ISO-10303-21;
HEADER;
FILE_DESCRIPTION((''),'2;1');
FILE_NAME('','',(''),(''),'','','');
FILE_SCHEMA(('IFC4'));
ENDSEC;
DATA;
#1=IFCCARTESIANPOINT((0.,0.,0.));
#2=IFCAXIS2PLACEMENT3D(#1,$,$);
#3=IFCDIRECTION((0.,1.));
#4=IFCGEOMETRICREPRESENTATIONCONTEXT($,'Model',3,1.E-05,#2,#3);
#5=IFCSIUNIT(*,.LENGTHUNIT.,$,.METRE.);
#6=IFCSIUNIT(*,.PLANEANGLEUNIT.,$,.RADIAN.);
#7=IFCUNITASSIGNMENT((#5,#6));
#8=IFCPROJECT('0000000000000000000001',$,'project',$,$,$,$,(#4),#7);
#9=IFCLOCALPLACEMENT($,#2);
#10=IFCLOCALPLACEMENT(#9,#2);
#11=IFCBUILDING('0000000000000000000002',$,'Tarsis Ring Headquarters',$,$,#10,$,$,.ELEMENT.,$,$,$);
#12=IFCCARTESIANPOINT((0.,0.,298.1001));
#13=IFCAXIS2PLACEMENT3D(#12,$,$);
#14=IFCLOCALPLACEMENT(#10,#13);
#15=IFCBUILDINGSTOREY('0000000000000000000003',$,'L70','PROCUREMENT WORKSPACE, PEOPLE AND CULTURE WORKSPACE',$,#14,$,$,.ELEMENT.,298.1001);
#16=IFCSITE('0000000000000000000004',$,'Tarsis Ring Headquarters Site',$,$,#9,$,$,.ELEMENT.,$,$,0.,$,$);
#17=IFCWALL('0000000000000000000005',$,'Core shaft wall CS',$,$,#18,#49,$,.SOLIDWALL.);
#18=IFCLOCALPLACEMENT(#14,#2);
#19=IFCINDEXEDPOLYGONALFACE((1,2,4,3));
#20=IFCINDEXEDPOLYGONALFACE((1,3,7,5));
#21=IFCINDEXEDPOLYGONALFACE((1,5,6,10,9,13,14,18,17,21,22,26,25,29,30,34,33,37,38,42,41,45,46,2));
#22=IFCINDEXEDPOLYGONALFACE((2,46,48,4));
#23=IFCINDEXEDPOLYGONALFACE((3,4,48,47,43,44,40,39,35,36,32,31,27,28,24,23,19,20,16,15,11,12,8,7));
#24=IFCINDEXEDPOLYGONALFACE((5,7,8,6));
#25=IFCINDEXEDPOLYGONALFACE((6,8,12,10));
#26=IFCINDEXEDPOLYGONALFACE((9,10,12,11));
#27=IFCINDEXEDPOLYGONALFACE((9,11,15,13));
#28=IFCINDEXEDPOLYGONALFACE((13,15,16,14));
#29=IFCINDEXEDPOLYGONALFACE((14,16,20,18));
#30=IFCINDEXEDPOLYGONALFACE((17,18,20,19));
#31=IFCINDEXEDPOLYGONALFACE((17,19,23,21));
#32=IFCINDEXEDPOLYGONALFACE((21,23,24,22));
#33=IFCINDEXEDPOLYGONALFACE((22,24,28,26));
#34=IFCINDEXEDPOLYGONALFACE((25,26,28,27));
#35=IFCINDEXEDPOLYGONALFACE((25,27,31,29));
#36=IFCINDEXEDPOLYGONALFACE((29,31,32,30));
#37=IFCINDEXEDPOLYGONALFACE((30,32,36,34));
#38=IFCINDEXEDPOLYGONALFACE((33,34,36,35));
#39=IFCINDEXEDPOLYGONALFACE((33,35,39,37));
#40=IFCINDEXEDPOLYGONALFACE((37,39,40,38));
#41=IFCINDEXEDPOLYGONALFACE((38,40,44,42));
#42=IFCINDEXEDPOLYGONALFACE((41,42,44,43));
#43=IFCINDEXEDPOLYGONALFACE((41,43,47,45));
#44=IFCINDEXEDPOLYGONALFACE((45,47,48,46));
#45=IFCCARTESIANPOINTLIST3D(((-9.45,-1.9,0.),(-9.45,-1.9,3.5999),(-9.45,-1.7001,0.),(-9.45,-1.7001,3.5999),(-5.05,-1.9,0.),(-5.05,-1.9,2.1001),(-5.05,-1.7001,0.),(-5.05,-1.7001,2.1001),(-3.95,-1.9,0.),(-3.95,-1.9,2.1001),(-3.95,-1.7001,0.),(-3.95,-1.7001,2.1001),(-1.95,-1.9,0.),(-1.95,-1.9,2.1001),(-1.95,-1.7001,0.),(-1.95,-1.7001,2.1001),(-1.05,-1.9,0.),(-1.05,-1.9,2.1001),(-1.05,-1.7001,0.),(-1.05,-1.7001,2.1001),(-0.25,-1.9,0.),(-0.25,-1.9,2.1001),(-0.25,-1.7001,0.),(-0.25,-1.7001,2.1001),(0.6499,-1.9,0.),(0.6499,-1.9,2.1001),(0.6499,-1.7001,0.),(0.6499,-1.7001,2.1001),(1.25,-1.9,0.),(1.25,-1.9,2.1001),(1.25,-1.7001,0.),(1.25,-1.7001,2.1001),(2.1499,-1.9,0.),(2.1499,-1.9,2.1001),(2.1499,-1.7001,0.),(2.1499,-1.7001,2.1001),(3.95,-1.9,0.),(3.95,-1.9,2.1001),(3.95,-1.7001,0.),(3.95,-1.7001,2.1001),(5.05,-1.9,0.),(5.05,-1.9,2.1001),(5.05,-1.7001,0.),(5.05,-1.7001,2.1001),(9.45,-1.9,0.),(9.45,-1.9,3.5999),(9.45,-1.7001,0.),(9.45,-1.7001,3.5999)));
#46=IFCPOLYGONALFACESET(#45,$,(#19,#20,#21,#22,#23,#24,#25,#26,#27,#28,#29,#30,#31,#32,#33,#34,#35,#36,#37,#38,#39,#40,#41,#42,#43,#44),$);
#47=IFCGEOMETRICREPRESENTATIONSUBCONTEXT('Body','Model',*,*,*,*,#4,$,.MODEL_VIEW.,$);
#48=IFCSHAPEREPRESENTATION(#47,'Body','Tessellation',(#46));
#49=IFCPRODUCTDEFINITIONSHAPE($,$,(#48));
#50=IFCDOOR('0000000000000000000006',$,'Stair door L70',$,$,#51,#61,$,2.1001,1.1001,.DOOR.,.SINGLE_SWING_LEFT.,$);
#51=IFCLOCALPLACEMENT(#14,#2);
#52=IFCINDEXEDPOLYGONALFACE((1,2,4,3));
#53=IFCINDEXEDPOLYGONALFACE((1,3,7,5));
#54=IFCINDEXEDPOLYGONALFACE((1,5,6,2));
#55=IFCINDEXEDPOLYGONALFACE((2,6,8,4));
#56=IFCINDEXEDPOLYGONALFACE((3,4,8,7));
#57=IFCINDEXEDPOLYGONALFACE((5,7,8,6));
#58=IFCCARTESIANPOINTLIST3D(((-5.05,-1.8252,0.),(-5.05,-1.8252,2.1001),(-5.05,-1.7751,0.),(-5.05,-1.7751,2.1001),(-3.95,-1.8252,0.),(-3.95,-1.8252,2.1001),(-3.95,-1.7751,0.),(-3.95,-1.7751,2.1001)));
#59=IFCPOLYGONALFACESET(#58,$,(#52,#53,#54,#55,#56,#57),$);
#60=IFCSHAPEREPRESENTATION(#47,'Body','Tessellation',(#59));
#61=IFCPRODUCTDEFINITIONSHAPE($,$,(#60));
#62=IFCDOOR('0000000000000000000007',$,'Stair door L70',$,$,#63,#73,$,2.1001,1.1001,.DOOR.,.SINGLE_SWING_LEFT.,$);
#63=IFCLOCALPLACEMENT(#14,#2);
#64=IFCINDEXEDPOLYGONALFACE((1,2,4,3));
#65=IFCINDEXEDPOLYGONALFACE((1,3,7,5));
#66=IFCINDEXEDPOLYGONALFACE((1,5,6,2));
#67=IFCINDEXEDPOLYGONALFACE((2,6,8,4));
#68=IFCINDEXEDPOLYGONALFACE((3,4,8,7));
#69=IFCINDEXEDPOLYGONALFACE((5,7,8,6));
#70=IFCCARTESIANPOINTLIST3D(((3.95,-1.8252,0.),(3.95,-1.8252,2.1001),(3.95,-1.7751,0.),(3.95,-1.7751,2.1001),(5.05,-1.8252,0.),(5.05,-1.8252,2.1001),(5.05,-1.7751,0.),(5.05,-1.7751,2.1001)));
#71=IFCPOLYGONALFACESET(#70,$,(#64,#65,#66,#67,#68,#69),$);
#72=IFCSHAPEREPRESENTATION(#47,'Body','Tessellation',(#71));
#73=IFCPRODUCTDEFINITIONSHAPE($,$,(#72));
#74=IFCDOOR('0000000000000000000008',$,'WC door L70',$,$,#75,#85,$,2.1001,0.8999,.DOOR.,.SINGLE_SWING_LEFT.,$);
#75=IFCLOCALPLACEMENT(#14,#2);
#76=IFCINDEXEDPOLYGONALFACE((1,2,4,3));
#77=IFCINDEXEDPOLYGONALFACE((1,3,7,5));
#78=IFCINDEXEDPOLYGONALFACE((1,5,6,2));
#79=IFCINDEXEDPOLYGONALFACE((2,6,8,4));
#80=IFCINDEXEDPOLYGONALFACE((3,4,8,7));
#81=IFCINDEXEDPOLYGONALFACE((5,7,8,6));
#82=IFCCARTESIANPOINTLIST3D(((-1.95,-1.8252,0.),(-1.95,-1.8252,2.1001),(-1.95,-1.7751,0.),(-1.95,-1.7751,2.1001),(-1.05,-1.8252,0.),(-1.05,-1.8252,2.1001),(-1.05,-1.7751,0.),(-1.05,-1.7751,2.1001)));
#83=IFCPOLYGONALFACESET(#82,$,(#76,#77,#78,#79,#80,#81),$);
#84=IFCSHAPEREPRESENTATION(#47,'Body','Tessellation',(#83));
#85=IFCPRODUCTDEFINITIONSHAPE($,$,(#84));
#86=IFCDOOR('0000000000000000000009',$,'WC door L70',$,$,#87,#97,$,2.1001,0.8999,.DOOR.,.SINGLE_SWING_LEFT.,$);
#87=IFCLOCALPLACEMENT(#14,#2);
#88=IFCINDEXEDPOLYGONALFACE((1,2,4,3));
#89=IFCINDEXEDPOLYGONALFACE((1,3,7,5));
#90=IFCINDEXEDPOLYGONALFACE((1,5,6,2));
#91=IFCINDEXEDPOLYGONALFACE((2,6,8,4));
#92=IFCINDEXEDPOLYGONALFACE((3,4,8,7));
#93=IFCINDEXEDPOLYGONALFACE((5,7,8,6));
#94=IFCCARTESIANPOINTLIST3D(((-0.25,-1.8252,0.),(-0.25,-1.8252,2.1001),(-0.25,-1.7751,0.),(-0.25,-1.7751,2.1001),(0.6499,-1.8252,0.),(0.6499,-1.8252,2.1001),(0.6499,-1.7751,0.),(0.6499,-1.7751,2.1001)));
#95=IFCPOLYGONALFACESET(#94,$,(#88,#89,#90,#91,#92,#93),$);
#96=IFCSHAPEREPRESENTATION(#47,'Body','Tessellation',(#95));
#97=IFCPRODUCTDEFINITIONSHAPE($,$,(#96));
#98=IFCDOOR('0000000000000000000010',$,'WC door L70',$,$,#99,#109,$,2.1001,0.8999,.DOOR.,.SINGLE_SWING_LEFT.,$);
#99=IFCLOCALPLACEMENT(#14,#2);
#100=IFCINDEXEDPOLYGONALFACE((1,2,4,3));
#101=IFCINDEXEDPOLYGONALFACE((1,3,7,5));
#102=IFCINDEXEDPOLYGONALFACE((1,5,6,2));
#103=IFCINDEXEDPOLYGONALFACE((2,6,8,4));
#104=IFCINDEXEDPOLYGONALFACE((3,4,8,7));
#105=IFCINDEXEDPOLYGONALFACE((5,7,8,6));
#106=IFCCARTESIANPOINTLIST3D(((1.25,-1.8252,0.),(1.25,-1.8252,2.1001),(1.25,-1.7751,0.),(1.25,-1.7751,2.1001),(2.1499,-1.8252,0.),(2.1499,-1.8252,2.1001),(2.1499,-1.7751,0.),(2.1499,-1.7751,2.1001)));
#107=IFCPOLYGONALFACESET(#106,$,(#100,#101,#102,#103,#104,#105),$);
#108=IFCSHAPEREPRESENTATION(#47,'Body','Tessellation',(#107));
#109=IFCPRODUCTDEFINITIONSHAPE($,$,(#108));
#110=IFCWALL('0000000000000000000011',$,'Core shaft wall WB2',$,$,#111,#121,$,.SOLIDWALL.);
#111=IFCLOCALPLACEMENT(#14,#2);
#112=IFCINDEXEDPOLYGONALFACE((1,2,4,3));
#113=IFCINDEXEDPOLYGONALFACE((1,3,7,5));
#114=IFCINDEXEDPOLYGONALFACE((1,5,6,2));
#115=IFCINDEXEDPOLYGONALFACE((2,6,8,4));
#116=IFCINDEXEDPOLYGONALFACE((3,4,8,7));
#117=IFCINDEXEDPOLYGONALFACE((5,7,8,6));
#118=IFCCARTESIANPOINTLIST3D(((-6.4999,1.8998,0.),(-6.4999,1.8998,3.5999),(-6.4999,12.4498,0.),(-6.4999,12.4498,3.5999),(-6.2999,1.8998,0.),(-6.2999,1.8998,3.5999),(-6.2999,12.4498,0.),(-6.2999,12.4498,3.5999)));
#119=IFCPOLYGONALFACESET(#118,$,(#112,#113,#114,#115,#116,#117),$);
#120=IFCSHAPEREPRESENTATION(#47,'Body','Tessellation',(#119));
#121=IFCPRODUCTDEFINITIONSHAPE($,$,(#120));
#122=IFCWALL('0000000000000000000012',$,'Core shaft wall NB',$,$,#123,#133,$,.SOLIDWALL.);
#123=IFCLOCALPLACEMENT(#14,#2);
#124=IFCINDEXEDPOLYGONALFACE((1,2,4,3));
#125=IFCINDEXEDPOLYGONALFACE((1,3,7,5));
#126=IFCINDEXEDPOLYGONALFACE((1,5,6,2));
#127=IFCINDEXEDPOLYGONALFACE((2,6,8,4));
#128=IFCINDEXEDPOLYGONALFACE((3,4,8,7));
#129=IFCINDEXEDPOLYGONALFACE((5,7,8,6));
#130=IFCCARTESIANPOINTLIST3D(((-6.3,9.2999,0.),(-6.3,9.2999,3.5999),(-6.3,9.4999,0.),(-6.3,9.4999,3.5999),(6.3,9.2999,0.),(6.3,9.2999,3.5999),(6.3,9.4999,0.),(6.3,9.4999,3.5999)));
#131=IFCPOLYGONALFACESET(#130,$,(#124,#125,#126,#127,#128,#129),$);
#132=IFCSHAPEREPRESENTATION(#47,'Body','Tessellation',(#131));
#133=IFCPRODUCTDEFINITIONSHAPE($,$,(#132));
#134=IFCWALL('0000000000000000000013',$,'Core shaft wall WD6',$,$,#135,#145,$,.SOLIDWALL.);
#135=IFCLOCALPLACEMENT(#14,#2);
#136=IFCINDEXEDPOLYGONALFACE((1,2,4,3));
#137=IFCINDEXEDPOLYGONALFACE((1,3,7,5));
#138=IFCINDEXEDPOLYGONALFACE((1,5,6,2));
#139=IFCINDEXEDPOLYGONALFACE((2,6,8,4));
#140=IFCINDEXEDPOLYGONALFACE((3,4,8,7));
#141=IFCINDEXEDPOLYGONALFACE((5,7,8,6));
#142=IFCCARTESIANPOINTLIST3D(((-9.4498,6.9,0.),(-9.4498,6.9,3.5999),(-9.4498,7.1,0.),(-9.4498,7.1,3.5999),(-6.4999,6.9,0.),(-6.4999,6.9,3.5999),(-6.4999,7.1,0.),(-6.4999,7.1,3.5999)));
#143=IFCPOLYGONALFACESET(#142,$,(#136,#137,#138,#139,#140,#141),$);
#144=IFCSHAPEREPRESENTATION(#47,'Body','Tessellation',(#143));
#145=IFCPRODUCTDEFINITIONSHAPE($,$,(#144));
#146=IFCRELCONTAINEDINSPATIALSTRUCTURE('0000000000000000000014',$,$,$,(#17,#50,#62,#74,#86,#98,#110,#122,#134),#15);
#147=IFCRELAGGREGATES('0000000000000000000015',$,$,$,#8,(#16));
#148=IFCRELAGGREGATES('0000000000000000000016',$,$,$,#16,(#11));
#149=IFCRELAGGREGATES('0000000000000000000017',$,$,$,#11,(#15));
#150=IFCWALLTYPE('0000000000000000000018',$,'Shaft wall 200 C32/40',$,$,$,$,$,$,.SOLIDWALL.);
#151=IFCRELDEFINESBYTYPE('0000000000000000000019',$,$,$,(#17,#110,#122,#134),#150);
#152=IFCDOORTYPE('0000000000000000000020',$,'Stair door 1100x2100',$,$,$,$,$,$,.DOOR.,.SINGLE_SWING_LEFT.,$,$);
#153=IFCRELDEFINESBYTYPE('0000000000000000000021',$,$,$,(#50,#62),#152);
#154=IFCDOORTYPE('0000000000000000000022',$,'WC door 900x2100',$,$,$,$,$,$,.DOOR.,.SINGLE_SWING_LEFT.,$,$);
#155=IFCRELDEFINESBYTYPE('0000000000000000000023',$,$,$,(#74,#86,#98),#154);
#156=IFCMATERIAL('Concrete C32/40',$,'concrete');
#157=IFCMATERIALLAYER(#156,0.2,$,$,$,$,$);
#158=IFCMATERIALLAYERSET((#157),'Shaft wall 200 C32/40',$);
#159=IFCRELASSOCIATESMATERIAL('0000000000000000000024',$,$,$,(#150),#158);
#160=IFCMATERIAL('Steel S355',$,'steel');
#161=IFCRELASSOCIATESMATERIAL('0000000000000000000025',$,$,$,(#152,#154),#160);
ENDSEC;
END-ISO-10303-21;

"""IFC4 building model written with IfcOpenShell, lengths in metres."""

from ifc_helpers import new_model, si_unit, direction, frame, frame_2d, origin, place, context, subcontext, project, spatial, rectangle, extrude, material, layer, layer_set, type_object, element, fill, save


model = new_model("IFC4")

# Units and contexts
model_context = context("Model", 3, precision=1e-05, world=origin(), true_north=direction((0.0, 1.0)))
body_context = subcontext(model_context, "Body", "Model", "MODEL_VIEW")
ifc_project = project(units=[si_unit("LENGTHUNIT", "METRE"), si_unit("PLANEANGLEUNIT", "RADIAN")], contexts=[model_context])

# Site, building, storey
site_placement = place(None, origin())
site = spatial("IfcSite", under=ifc_project, at=site_placement, Name="Tarsis Ring Headquarters Site", CompositionType="ELEMENT", RefElevation=0.0)
building_placement = place(site_placement, origin())
building = spatial("IfcBuilding", under=site, at=building_placement, Name="Tarsis Ring Headquarters", CompositionType="ELEMENT")
storey_placement = place(building_placement, frame((0.0, 0.0, 298.1001)))
storey = spatial("IfcBuildingStorey", under=building, at=storey_placement, Name="L70", Description="PROCUREMENT WORKSPACE, PEOPLE AND CULTURE WORKSPACE", CompositionType="ELEMENT", Elevation=298.1001)

# Shared definitions
ifc_material_1 = material(Name="Steel S355", Category="steel")

# Shared definitions
ifc_material_2 = material(Name="Concrete C32/40", Category="concrete")

# Wall, openings, doors
ifc_layer_1 = layer(ifc_material_2, 0.2)
ifc_layer_set_1 = layer_set([ifc_layer_1], Name="Shaft wall 200 C32/40")
wall_type_1 = type_object("IfcWallType", Name="Shaft wall 200 C32/40", PredefinedType="SOLIDWALL", material=ifc_layer_set_1)
door_type_1 = type_object("IfcDoorType", Name="Stair door 1100x2100", OperationType="SINGLE_SWING_LEFT", PredefinedType="DOOR", material=ifc_material_1)
wall_1_placement = place(storey_placement, frame((-9.45, -1.8, 0.0), z_axis=(0.0, 0.0, 1.0), x_axis=(1.0, 0.0, 0.0)))
wall_1 = element("IfcWall", 1, at=wall_1_placement, inside=storey, type_object=wall_type_1, Name="Core shaft wall CS", PredefinedType="SOLIDWALL", context=body_context, shape_type="SweptSolid", body=[
    extrude(rectangle(XDim=18.8999, YDim=0.2, at=frame_2d((9.45, 0.0))), origin(), (0.0, 0.0, 1.0), 3.5999),
])
opening_1_placement = place(wall_1_placement, frame((4.3999, 0.0, 0.0)))
opening_1 = element("IfcOpeningElement", 2, at=opening_1_placement, cuts=wall_1, PredefinedType="OPENING", context=body_context, shape_type="SweptSolid", body=[
    extrude(rectangle(XDim=1.1001, YDim=2.1001, at=frame_2d((0.55, 1.05))), frame((0.0, 0.1099, 0.0), z_axis=(0.0, -1.0, 0.0), x_axis=(1.0, 0.0, 0.0)), (0.0, 0.0, 1.0), 0.22),
])
opening_2_placement = place(wall_1_placement, frame((7.5, 0.0, 0.0)))
opening_2 = element("IfcOpeningElement", 3, at=opening_2_placement, cuts=wall_1, PredefinedType="OPENING", context=body_context, shape_type="SweptSolid", body=[
    extrude(rectangle(XDim=0.8999, YDim=2.1001, at=frame_2d((0.45, 1.05))), frame((0.0, 0.1099, 0.0), z_axis=(0.0, -1.0, 0.0), x_axis=(1.0, 0.0, 0.0)), (0.0, 0.0, 1.0), 0.22),
])
opening_3_placement = place(wall_1_placement, frame((9.2, 0.0, 0.0)))
opening_3 = element("IfcOpeningElement", 4, at=opening_3_placement, cuts=wall_1, PredefinedType="OPENING", context=body_context, shape_type="SweptSolid", body=[
    extrude(rectangle(XDim=0.8999, YDim=2.1001, at=frame_2d((0.45, 1.05))), frame((0.0, 0.1099, 0.0), z_axis=(0.0, -1.0, 0.0), x_axis=(1.0, 0.0, 0.0)), (0.0, 0.0, 1.0), 0.22),
])
opening_4_placement = place(wall_1_placement, frame((10.7, 0.0, 0.0)))
opening_4 = element("IfcOpeningElement", 5, at=opening_4_placement, cuts=wall_1, PredefinedType="OPENING", context=body_context, shape_type="SweptSolid", body=[
    extrude(rectangle(XDim=0.8999, YDim=2.1001, at=frame_2d((0.45, 1.05))), frame((0.0, 0.1099, 0.0), z_axis=(0.0, -1.0, 0.0), x_axis=(1.0, 0.0, 0.0)), (0.0, 0.0, 1.0), 0.22),
])
opening_5_placement = place(wall_1_placement, frame((13.3999, 0.0, 0.0)))
opening_5 = element("IfcOpeningElement", 6, at=opening_5_placement, cuts=wall_1, PredefinedType="OPENING", context=body_context, shape_type="SweptSolid", body=[
    extrude(rectangle(XDim=1.1001, YDim=2.1001, at=frame_2d((0.55, 1.05))), frame((0.0, 0.1099, 0.0), z_axis=(0.0, -1.0, 0.0), x_axis=(1.0, 0.0, 0.0)), (0.0, 0.0, 1.0), 0.22),
])
door_1_placement = place(opening_1_placement, origin())
door_1 = element("IfcDoor", 7, at=door_1_placement, inside=storey, type_object=door_type_1, Name="Stair door L70", OperationType="SINGLE_SWING_LEFT", OverallHeight=2.1001, OverallWidth=1.1001, PredefinedType="DOOR", context=body_context, shape_type="SweptSolid", body=[
    extrude(rectangle(XDim=1.1001, YDim=2.1001, at=frame_2d((0.55, 1.05))), frame((0.0, 0.0249, 0.0), z_axis=(0.0, -1.0, 0.0), x_axis=(1.0, 0.0, 0.0)), (0.0, 0.0, 1.0), 0.05),
])
fill(opening_1, door_1)
door_2_placement = place(opening_5_placement, origin())
door_2 = element("IfcDoor", 8, at=door_2_placement, inside=storey, type_object=door_type_1, Name="Stair door L70", OperationType="SINGLE_SWING_LEFT", OverallHeight=2.1001, OverallWidth=1.1001, PredefinedType="DOOR", context=body_context, shape_type="SweptSolid", body=[
    extrude(rectangle(XDim=1.1001, YDim=2.1001, at=frame_2d((0.55, 1.05))), frame((0.0, 0.0249, 0.0), z_axis=(0.0, -1.0, 0.0), x_axis=(1.0, 0.0, 0.0)), (0.0, 0.0, 1.0), 0.05),
])
fill(opening_5, door_2)
door_type_2 = type_object("IfcDoorType", Name="WC door 900x2100", OperationType="SINGLE_SWING_LEFT", PredefinedType="DOOR", material=ifc_material_1)
door_3_placement = place(opening_2_placement, origin())
door_3 = element("IfcDoor", 9, at=door_3_placement, inside=storey, type_object=door_type_2, Name="WC door L70", OperationType="SINGLE_SWING_LEFT", OverallHeight=2.1001, OverallWidth=0.8999, PredefinedType="DOOR", context=body_context, shape_type="SweptSolid", body=[
    extrude(rectangle(XDim=0.8999, YDim=2.1001, at=frame_2d((0.45, 1.05))), frame((0.0, 0.0249, 0.0), z_axis=(0.0, -1.0, 0.0), x_axis=(1.0, 0.0, 0.0)), (0.0, 0.0, 1.0), 0.05),
])
fill(opening_2, door_3)
door_4_placement = place(opening_3_placement, origin())
door_4 = element("IfcDoor", 10, at=door_4_placement, inside=storey, type_object=door_type_2, Name="WC door L70", OperationType="SINGLE_SWING_LEFT", OverallHeight=2.1001, OverallWidth=0.8999, PredefinedType="DOOR", context=body_context, shape_type="SweptSolid", body=[
    extrude(rectangle(XDim=0.8999, YDim=2.1001, at=frame_2d((0.45, 1.05))), frame((0.0, 0.0249, 0.0), z_axis=(0.0, -1.0, 0.0), x_axis=(1.0, 0.0, 0.0)), (0.0, 0.0, 1.0), 0.05),
])
fill(opening_3, door_4)
door_5_placement = place(opening_4_placement, origin())
door_5 = element("IfcDoor", 11, at=door_5_placement, inside=storey, type_object=door_type_2, Name="WC door L70", OperationType="SINGLE_SWING_LEFT", OverallHeight=2.1001, OverallWidth=0.8999, PredefinedType="DOOR", context=body_context, shape_type="SweptSolid", body=[
    extrude(rectangle(XDim=0.8999, YDim=2.1001, at=frame_2d((0.45, 1.05))), frame((0.0, 0.0249, 0.0), z_axis=(0.0, -1.0, 0.0), x_axis=(1.0, 0.0, 0.0)), (0.0, 0.0, 1.0), 0.05),
])
fill(opening_4, door_5)

# Walls
wall_2_placement = place(storey_placement, frame((-6.3999, 1.8999, 0.0), z_axis=(0.0, 0.0, 1.0), x_axis=(0.0, 1.0, 0.0)))
element("IfcWall", 12, at=wall_2_placement, inside=storey, type_object=wall_type_1, Name="Core shaft wall WB2", PredefinedType="SOLIDWALL", context=body_context, shape_type="SweptSolid", body=[
    extrude(rectangle(XDim=10.55, YDim=0.2, at=frame_2d((5.2749, 0.0))), origin(), (0.0, 0.0, 1.0), 3.5999),
])
wall_3_placement = place(storey_placement, frame((-6.3, 9.3999, 0.0), z_axis=(0.0, 0.0, 1.0), x_axis=(1.0, 0.0, 0.0)))
element("IfcWall", 13, at=wall_3_placement, inside=storey, type_object=wall_type_1, Name="Core shaft wall NB", PredefinedType="SOLIDWALL", context=body_context, shape_type="SweptSolid", body=[
    extrude(rectangle(XDim=12.6001, YDim=0.2, at=frame_2d((6.3, 0.0))), origin(), (0.0, 0.0, 1.0), 3.5999),
])
wall_4_placement = place(storey_placement, frame((-9.45, 7.0, 0.0), z_axis=(0.0, 0.0, 1.0), x_axis=(1.0, 0.0, 0.0)))
element("IfcWall", 14, at=wall_4_placement, inside=storey, type_object=wall_type_1, Name="Core shaft wall WD6", PredefinedType="SOLIDWALL", context=body_context, shape_type="SweptSolid", body=[
    extrude(rectangle(XDim=2.95, YDim=0.2, at=frame_2d((1.4751, 0.0))), origin(), (0.0, 0.0, 1.0), 3.5999),
])

save(model, "model.ifc")
